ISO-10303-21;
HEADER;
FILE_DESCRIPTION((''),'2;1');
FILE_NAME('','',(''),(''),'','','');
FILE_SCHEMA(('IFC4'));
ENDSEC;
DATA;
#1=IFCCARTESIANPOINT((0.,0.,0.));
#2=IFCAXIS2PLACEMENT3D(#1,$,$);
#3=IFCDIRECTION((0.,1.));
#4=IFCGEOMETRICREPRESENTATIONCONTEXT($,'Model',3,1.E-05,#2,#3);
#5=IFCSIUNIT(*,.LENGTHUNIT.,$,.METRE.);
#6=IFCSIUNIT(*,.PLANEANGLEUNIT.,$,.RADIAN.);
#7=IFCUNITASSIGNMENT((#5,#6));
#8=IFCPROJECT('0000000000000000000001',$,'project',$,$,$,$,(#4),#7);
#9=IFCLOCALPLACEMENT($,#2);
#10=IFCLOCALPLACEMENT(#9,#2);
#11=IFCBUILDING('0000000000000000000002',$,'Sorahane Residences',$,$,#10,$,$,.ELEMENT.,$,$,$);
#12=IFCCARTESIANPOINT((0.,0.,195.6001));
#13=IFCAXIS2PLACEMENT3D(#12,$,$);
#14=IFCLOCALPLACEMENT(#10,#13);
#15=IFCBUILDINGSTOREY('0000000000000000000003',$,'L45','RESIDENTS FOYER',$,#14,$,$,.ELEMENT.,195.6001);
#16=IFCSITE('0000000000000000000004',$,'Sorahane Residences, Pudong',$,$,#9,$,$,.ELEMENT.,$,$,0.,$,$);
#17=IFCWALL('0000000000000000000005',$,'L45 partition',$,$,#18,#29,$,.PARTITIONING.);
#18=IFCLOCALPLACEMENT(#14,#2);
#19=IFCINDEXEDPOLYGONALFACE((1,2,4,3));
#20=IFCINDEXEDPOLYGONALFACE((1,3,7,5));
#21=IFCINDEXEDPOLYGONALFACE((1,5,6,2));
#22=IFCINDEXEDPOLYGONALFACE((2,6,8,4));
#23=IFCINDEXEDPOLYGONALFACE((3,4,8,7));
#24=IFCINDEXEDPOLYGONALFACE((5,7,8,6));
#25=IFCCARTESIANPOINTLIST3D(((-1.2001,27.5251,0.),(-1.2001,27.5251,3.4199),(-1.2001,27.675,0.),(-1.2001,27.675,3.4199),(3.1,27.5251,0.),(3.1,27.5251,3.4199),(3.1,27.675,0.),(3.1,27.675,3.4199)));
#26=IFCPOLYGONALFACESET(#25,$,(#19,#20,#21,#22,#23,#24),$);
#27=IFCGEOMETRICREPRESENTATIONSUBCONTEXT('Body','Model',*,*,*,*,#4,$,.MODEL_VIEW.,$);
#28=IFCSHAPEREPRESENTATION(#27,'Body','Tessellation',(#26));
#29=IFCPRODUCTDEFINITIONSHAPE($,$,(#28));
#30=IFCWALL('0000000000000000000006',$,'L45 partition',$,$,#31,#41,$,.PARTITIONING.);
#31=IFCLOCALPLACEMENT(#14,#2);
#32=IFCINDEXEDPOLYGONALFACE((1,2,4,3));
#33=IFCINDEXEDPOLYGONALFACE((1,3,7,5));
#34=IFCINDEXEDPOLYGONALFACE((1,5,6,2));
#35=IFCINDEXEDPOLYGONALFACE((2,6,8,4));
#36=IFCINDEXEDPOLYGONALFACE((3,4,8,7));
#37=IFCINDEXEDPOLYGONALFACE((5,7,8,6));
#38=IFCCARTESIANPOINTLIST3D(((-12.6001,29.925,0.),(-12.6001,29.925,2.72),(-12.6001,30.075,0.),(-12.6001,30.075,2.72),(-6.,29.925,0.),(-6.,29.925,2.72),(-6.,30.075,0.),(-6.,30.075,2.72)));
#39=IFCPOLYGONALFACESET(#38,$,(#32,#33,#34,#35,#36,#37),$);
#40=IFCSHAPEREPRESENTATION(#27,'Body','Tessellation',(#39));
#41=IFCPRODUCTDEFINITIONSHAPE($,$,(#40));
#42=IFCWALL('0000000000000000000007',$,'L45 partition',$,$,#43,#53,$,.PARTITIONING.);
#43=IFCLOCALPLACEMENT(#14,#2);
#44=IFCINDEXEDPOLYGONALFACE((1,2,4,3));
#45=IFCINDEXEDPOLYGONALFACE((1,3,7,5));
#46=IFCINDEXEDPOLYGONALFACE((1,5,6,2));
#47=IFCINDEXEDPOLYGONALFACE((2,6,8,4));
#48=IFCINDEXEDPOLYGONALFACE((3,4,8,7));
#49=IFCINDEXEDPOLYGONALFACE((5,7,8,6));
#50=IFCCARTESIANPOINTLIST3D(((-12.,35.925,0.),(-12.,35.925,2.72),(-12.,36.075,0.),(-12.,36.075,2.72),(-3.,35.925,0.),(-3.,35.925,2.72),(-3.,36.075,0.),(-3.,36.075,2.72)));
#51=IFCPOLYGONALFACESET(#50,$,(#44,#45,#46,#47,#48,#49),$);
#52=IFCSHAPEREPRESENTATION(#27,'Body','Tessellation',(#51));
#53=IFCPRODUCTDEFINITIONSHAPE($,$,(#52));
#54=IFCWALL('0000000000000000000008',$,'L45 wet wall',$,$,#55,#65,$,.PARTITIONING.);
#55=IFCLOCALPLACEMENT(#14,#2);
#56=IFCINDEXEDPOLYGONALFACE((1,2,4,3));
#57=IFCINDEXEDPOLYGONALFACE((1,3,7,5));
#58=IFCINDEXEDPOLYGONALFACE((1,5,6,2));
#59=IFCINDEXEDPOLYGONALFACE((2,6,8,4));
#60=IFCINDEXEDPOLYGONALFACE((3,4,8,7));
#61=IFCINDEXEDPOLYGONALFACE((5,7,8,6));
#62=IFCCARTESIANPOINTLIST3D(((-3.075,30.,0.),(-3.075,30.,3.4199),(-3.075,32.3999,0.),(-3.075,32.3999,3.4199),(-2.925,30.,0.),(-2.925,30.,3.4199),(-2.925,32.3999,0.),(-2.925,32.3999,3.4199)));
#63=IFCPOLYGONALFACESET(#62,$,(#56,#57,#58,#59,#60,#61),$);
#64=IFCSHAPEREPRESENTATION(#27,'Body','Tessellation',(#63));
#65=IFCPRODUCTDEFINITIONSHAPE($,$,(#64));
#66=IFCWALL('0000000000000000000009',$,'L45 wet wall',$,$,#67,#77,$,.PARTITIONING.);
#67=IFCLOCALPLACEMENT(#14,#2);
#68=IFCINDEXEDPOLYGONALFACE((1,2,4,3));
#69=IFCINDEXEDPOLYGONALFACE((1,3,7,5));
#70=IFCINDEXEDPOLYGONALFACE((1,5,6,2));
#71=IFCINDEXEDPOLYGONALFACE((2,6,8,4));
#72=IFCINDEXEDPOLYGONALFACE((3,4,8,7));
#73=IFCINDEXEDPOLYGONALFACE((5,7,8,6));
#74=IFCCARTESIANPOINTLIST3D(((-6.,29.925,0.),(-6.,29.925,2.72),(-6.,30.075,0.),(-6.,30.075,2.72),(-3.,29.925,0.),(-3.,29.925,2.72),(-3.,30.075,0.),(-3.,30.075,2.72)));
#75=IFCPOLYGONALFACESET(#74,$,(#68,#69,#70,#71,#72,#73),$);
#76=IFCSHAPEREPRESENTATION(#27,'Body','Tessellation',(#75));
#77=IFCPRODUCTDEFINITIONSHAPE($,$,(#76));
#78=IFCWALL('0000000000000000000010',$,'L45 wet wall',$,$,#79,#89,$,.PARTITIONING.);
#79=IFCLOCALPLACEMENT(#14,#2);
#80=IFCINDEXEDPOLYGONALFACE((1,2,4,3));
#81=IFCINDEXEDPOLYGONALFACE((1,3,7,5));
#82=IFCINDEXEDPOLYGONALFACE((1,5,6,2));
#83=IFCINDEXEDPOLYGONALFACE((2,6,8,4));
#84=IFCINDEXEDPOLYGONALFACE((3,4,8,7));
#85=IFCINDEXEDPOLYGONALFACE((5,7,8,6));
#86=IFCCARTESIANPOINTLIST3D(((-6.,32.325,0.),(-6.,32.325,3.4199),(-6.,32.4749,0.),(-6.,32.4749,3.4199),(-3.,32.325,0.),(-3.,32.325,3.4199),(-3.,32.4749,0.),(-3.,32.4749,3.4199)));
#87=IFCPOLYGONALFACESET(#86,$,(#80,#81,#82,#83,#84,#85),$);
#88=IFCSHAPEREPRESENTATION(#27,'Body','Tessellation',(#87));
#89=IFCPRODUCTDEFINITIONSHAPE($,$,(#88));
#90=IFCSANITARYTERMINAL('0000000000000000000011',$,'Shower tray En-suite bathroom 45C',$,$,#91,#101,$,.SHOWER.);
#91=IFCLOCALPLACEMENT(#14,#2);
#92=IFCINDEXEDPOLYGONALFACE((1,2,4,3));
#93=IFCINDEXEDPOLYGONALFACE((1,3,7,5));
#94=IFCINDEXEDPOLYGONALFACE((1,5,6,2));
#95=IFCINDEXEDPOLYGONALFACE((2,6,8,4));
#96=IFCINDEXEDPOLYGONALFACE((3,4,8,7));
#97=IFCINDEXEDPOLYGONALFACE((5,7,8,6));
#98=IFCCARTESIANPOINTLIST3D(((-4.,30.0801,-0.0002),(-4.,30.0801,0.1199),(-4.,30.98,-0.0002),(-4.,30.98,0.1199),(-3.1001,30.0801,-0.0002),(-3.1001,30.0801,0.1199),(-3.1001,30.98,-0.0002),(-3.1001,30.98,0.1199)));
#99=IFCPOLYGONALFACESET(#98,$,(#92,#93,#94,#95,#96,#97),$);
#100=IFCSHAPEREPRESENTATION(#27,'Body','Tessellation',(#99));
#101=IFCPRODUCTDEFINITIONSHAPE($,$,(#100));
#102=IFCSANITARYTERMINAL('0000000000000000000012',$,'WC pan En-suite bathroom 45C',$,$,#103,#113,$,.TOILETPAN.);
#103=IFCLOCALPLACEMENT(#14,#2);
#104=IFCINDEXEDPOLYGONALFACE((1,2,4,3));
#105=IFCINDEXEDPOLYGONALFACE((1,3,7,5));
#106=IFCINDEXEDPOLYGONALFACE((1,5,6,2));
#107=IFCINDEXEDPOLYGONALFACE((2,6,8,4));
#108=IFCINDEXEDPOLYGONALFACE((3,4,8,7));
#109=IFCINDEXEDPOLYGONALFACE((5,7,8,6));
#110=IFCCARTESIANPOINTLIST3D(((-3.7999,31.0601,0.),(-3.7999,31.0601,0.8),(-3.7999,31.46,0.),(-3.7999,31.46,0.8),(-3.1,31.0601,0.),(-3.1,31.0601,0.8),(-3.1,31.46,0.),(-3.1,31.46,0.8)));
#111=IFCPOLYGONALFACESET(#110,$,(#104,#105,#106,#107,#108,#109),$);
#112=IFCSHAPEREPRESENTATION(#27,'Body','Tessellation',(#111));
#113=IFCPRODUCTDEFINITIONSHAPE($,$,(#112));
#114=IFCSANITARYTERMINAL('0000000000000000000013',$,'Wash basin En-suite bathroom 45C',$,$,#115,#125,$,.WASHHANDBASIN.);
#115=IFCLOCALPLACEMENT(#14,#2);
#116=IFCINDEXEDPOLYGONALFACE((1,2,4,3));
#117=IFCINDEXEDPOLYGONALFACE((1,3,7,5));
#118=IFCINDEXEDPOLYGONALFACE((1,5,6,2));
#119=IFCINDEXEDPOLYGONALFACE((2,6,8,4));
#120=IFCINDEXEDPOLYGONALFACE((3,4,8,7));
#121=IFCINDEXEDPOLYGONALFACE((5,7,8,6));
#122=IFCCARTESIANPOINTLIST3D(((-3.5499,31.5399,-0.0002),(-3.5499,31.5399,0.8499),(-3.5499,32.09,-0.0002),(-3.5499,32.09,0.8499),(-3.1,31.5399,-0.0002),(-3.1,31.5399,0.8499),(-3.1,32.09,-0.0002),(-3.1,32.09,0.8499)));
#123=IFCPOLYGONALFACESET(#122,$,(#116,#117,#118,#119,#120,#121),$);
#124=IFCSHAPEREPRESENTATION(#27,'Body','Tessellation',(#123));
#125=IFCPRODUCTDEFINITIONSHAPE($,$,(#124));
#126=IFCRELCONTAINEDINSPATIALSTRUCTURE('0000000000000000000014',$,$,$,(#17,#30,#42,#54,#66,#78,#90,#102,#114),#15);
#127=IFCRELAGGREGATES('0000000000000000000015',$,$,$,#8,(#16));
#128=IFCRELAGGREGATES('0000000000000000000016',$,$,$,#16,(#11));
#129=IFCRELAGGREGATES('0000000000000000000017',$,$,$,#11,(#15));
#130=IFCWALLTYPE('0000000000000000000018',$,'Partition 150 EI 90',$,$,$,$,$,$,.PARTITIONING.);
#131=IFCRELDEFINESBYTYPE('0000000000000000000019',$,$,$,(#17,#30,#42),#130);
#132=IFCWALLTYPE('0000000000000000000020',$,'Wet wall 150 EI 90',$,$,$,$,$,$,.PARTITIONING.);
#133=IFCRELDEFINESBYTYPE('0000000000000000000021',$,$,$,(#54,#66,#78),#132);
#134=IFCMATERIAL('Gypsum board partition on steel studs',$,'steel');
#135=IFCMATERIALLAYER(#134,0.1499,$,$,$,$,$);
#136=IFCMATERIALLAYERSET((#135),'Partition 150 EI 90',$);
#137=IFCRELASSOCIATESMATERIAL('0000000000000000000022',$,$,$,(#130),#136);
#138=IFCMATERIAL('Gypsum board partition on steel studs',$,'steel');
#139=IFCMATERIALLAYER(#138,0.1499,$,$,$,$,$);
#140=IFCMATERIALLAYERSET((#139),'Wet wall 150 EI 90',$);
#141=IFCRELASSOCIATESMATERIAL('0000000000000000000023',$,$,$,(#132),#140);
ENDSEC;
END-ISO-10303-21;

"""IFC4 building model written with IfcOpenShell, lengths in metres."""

from ifc_helpers import new_model, si_unit, direction, frame, frame_2d, origin, origin_2d, place, context, subcontext, project, spatial, rectangle, extrude, material, layer, layer_set, type_object, element, save


model = new_model("IFC4")

# Units and contexts
model_context = context("Model", 3, precision=1e-05, world=origin(), true_north=direction((0.0, 1.0)))
body_context = subcontext(model_context, "Body", "Model", "MODEL_VIEW")
ifc_project = project(units=[si_unit("LENGTHUNIT", "METRE"), si_unit("PLANEANGLEUNIT", "RADIAN")], contexts=[model_context])

# Site, building, storey
site_placement = place(None, origin())
site = spatial("IfcSite", under=ifc_project, at=site_placement, Name="Sorahane Residences, Pudong", CompositionType="ELEMENT", RefElevation=0.0)
building_placement = place(site_placement, origin())
building = spatial("IfcBuilding", under=site, at=building_placement, Name="Sorahane Residences", CompositionType="ELEMENT")
storey_placement = place(building_placement, frame((0.0, 0.0, 195.6001)))
storey = spatial("IfcBuildingStorey", under=building, at=storey_placement, Name="L45", Description="RESIDENTS FOYER", CompositionType="ELEMENT", Elevation=195.6001)

# Shared definitions
ifc_material_1 = material(Name="Gypsum board partition on steel studs", Category="steel")
ifc_layer_1 = layer(ifc_material_1, 0.1499)
ifc_layer_set_1 = layer_set([ifc_layer_1], Name="Partition 150 EI 90")
wall_type_1 = type_object("IfcWallType", Name="Partition 150 EI 90", PredefinedType="PARTITIONING", material=ifc_layer_set_1)

# Walls
wall_1_placement = place(storey_placement, frame((-1.2, 27.6001, 0.0), z_axis=(0.0, 0.0, 1.0), x_axis=(1.0, 0.0, 0.0)))
element("IfcWall", 1, at=wall_1_placement, inside=storey, type_object=wall_type_1, Name="L45 partition", PredefinedType="PARTITIONING", context=body_context, shape_type="SweptSolid", body=[
    extrude(rectangle(XDim=4.3, YDim=0.1499, at=frame_2d((2.1499, 0.0))), origin(), (0.0, 0.0, 1.0), 3.4199),
])
wall_2_placement = place(storey_placement, frame((-12.6001, 30.0, 0.0), z_axis=(0.0, 0.0, 1.0), x_axis=(1.0, 0.0, 0.0)))
element("IfcWall", 2, at=wall_2_placement, inside=storey, type_object=wall_type_1, Name="L45 partition", PredefinedType="PARTITIONING", context=body_context, shape_type="SweptSolid", body=[
    extrude(rectangle(XDim=6.6001, YDim=0.1499, at=frame_2d((3.3, 0.0))), origin(), (0.0, 0.0, 1.0), 2.72),
])
wall_3_placement = place(storey_placement, frame((-12.0, 36.0, 0.0), z_axis=(0.0, 0.0, 1.0), x_axis=(1.0, 0.0, 0.0)))
element("IfcWall", 3, at=wall_3_placement, inside=storey, type_object=wall_type_1, Name="L45 partition", PredefinedType="PARTITIONING", context=body_context, shape_type="SweptSolid", body=[
    extrude(rectangle(XDim=9.0, YDim=0.1499, at=frame_2d((4.5, 0.0))), origin(), (0.0, 0.0, 1.0), 2.72),
])
ifc_material_2 = material(Name="Gypsum board partition on steel studs", Category="steel")
ifc_layer_2 = layer(ifc_material_2, 0.1499)
ifc_layer_set_2 = layer_set([ifc_layer_2], Name="Wet wall 150 EI 90")
wall_type_2 = type_object("IfcWallType", Name="Wet wall 150 EI 90", PredefinedType="PARTITIONING", material=ifc_layer_set_2)
wall_4_placement = place(storey_placement, frame((-3.0, 30.0, 0.0), z_axis=(0.0, 0.0, 1.0), x_axis=(0.0, 1.0, 0.0)))
element("IfcWall", 4, at=wall_4_placement, inside=storey, type_object=wall_type_2, Name="L45 wet wall", PredefinedType="PARTITIONING", context=body_context, shape_type="SweptSolid", body=[
    extrude(rectangle(XDim=2.3999, YDim=0.1499, at=frame_2d((1.2, 0.0))), origin(), (0.0, 0.0, 1.0), 3.4199),
])

# Walls
wall_5_placement = place(storey_placement, frame((-6.0, 30.0, 0.0), z_axis=(0.0, 0.0, 1.0), x_axis=(1.0, 0.0, 0.0)))
element("IfcWall", 5, at=wall_5_placement, inside=storey, type_object=wall_type_2, Name="L45 wet wall", PredefinedType="PARTITIONING", context=body_context, shape_type="SweptSolid", body=[
    extrude(rectangle(XDim=3.0, YDim=0.1499, at=frame_2d((1.5, 0.0))), origin(), (0.0, 0.0, 1.0), 2.72),
])
wall_6_placement = place(storey_placement, frame((-6.0, 32.3999, 0.0), z_axis=(0.0, 0.0, 1.0), x_axis=(1.0, 0.0, 0.0)))
element("IfcWall", 6, at=wall_6_placement, inside=storey, type_object=wall_type_2, Name="L45 wet wall", PredefinedType="PARTITIONING", context=body_context, shape_type="SweptSolid", body=[
    extrude(rectangle(XDim=3.0, YDim=0.1499, at=frame_2d((1.5, 0.0))), origin(), (0.0, 0.0, 1.0), 3.4199),
])

# Sanitary terminals
sanitary_terminal_1_placement = place(storey_placement, frame((-3.55, 30.53, -0.0002), z_axis=(0.0, 0.0, 1.0), x_axis=(0.0, -1.0, 0.0)))
element("IfcSanitaryTerminal", 7, at=sanitary_terminal_1_placement, inside=storey, Name="Shower tray En-suite bathroom 45C", PredefinedType="SHOWER", context=body_context, shape_type="SweptSolid", body=[
    extrude(rectangle(XDim=0.8999, YDim=0.8999, at=origin_2d()), origin(), (0.0, 0.0, 1.0), 0.1201),
])
sanitary_terminal_2_placement = place(storey_placement, frame((-3.45, 31.26, 0.0), z_axis=(0.0, 0.0, 1.0), x_axis=(0.0, -1.0, 0.0)))
element("IfcSanitaryTerminal", 8, at=sanitary_terminal_2_placement, inside=storey, Name="WC pan En-suite bathroom 45C", PredefinedType="TOILETPAN", context=body_context, shape_type="SweptSolid", body=[
    extrude(rectangle(XDim=0.3999, YDim=0.7, at=origin_2d()), origin(), (0.0, 0.0, 1.0), 0.8),
])
sanitary_terminal_3_placement = place(storey_placement, frame((-3.325, 31.8149, -0.0002), z_axis=(0.0, 0.0, 1.0), x_axis=(0.0, -1.0, 0.0)))
element("IfcSanitaryTerminal", 9, at=sanitary_terminal_3_placement, inside=storey, Name="Wash basin En-suite bathroom 45C", PredefinedType="WASHHANDBASIN", context=body_context, shape_type="SweptSolid", body=[
    extrude(rectangle(XDim=0.55, YDim=0.45, at=origin_2d()), origin(), (0.0, 0.0, 1.0), 0.8501),
])

save(model, "model.ifc")
